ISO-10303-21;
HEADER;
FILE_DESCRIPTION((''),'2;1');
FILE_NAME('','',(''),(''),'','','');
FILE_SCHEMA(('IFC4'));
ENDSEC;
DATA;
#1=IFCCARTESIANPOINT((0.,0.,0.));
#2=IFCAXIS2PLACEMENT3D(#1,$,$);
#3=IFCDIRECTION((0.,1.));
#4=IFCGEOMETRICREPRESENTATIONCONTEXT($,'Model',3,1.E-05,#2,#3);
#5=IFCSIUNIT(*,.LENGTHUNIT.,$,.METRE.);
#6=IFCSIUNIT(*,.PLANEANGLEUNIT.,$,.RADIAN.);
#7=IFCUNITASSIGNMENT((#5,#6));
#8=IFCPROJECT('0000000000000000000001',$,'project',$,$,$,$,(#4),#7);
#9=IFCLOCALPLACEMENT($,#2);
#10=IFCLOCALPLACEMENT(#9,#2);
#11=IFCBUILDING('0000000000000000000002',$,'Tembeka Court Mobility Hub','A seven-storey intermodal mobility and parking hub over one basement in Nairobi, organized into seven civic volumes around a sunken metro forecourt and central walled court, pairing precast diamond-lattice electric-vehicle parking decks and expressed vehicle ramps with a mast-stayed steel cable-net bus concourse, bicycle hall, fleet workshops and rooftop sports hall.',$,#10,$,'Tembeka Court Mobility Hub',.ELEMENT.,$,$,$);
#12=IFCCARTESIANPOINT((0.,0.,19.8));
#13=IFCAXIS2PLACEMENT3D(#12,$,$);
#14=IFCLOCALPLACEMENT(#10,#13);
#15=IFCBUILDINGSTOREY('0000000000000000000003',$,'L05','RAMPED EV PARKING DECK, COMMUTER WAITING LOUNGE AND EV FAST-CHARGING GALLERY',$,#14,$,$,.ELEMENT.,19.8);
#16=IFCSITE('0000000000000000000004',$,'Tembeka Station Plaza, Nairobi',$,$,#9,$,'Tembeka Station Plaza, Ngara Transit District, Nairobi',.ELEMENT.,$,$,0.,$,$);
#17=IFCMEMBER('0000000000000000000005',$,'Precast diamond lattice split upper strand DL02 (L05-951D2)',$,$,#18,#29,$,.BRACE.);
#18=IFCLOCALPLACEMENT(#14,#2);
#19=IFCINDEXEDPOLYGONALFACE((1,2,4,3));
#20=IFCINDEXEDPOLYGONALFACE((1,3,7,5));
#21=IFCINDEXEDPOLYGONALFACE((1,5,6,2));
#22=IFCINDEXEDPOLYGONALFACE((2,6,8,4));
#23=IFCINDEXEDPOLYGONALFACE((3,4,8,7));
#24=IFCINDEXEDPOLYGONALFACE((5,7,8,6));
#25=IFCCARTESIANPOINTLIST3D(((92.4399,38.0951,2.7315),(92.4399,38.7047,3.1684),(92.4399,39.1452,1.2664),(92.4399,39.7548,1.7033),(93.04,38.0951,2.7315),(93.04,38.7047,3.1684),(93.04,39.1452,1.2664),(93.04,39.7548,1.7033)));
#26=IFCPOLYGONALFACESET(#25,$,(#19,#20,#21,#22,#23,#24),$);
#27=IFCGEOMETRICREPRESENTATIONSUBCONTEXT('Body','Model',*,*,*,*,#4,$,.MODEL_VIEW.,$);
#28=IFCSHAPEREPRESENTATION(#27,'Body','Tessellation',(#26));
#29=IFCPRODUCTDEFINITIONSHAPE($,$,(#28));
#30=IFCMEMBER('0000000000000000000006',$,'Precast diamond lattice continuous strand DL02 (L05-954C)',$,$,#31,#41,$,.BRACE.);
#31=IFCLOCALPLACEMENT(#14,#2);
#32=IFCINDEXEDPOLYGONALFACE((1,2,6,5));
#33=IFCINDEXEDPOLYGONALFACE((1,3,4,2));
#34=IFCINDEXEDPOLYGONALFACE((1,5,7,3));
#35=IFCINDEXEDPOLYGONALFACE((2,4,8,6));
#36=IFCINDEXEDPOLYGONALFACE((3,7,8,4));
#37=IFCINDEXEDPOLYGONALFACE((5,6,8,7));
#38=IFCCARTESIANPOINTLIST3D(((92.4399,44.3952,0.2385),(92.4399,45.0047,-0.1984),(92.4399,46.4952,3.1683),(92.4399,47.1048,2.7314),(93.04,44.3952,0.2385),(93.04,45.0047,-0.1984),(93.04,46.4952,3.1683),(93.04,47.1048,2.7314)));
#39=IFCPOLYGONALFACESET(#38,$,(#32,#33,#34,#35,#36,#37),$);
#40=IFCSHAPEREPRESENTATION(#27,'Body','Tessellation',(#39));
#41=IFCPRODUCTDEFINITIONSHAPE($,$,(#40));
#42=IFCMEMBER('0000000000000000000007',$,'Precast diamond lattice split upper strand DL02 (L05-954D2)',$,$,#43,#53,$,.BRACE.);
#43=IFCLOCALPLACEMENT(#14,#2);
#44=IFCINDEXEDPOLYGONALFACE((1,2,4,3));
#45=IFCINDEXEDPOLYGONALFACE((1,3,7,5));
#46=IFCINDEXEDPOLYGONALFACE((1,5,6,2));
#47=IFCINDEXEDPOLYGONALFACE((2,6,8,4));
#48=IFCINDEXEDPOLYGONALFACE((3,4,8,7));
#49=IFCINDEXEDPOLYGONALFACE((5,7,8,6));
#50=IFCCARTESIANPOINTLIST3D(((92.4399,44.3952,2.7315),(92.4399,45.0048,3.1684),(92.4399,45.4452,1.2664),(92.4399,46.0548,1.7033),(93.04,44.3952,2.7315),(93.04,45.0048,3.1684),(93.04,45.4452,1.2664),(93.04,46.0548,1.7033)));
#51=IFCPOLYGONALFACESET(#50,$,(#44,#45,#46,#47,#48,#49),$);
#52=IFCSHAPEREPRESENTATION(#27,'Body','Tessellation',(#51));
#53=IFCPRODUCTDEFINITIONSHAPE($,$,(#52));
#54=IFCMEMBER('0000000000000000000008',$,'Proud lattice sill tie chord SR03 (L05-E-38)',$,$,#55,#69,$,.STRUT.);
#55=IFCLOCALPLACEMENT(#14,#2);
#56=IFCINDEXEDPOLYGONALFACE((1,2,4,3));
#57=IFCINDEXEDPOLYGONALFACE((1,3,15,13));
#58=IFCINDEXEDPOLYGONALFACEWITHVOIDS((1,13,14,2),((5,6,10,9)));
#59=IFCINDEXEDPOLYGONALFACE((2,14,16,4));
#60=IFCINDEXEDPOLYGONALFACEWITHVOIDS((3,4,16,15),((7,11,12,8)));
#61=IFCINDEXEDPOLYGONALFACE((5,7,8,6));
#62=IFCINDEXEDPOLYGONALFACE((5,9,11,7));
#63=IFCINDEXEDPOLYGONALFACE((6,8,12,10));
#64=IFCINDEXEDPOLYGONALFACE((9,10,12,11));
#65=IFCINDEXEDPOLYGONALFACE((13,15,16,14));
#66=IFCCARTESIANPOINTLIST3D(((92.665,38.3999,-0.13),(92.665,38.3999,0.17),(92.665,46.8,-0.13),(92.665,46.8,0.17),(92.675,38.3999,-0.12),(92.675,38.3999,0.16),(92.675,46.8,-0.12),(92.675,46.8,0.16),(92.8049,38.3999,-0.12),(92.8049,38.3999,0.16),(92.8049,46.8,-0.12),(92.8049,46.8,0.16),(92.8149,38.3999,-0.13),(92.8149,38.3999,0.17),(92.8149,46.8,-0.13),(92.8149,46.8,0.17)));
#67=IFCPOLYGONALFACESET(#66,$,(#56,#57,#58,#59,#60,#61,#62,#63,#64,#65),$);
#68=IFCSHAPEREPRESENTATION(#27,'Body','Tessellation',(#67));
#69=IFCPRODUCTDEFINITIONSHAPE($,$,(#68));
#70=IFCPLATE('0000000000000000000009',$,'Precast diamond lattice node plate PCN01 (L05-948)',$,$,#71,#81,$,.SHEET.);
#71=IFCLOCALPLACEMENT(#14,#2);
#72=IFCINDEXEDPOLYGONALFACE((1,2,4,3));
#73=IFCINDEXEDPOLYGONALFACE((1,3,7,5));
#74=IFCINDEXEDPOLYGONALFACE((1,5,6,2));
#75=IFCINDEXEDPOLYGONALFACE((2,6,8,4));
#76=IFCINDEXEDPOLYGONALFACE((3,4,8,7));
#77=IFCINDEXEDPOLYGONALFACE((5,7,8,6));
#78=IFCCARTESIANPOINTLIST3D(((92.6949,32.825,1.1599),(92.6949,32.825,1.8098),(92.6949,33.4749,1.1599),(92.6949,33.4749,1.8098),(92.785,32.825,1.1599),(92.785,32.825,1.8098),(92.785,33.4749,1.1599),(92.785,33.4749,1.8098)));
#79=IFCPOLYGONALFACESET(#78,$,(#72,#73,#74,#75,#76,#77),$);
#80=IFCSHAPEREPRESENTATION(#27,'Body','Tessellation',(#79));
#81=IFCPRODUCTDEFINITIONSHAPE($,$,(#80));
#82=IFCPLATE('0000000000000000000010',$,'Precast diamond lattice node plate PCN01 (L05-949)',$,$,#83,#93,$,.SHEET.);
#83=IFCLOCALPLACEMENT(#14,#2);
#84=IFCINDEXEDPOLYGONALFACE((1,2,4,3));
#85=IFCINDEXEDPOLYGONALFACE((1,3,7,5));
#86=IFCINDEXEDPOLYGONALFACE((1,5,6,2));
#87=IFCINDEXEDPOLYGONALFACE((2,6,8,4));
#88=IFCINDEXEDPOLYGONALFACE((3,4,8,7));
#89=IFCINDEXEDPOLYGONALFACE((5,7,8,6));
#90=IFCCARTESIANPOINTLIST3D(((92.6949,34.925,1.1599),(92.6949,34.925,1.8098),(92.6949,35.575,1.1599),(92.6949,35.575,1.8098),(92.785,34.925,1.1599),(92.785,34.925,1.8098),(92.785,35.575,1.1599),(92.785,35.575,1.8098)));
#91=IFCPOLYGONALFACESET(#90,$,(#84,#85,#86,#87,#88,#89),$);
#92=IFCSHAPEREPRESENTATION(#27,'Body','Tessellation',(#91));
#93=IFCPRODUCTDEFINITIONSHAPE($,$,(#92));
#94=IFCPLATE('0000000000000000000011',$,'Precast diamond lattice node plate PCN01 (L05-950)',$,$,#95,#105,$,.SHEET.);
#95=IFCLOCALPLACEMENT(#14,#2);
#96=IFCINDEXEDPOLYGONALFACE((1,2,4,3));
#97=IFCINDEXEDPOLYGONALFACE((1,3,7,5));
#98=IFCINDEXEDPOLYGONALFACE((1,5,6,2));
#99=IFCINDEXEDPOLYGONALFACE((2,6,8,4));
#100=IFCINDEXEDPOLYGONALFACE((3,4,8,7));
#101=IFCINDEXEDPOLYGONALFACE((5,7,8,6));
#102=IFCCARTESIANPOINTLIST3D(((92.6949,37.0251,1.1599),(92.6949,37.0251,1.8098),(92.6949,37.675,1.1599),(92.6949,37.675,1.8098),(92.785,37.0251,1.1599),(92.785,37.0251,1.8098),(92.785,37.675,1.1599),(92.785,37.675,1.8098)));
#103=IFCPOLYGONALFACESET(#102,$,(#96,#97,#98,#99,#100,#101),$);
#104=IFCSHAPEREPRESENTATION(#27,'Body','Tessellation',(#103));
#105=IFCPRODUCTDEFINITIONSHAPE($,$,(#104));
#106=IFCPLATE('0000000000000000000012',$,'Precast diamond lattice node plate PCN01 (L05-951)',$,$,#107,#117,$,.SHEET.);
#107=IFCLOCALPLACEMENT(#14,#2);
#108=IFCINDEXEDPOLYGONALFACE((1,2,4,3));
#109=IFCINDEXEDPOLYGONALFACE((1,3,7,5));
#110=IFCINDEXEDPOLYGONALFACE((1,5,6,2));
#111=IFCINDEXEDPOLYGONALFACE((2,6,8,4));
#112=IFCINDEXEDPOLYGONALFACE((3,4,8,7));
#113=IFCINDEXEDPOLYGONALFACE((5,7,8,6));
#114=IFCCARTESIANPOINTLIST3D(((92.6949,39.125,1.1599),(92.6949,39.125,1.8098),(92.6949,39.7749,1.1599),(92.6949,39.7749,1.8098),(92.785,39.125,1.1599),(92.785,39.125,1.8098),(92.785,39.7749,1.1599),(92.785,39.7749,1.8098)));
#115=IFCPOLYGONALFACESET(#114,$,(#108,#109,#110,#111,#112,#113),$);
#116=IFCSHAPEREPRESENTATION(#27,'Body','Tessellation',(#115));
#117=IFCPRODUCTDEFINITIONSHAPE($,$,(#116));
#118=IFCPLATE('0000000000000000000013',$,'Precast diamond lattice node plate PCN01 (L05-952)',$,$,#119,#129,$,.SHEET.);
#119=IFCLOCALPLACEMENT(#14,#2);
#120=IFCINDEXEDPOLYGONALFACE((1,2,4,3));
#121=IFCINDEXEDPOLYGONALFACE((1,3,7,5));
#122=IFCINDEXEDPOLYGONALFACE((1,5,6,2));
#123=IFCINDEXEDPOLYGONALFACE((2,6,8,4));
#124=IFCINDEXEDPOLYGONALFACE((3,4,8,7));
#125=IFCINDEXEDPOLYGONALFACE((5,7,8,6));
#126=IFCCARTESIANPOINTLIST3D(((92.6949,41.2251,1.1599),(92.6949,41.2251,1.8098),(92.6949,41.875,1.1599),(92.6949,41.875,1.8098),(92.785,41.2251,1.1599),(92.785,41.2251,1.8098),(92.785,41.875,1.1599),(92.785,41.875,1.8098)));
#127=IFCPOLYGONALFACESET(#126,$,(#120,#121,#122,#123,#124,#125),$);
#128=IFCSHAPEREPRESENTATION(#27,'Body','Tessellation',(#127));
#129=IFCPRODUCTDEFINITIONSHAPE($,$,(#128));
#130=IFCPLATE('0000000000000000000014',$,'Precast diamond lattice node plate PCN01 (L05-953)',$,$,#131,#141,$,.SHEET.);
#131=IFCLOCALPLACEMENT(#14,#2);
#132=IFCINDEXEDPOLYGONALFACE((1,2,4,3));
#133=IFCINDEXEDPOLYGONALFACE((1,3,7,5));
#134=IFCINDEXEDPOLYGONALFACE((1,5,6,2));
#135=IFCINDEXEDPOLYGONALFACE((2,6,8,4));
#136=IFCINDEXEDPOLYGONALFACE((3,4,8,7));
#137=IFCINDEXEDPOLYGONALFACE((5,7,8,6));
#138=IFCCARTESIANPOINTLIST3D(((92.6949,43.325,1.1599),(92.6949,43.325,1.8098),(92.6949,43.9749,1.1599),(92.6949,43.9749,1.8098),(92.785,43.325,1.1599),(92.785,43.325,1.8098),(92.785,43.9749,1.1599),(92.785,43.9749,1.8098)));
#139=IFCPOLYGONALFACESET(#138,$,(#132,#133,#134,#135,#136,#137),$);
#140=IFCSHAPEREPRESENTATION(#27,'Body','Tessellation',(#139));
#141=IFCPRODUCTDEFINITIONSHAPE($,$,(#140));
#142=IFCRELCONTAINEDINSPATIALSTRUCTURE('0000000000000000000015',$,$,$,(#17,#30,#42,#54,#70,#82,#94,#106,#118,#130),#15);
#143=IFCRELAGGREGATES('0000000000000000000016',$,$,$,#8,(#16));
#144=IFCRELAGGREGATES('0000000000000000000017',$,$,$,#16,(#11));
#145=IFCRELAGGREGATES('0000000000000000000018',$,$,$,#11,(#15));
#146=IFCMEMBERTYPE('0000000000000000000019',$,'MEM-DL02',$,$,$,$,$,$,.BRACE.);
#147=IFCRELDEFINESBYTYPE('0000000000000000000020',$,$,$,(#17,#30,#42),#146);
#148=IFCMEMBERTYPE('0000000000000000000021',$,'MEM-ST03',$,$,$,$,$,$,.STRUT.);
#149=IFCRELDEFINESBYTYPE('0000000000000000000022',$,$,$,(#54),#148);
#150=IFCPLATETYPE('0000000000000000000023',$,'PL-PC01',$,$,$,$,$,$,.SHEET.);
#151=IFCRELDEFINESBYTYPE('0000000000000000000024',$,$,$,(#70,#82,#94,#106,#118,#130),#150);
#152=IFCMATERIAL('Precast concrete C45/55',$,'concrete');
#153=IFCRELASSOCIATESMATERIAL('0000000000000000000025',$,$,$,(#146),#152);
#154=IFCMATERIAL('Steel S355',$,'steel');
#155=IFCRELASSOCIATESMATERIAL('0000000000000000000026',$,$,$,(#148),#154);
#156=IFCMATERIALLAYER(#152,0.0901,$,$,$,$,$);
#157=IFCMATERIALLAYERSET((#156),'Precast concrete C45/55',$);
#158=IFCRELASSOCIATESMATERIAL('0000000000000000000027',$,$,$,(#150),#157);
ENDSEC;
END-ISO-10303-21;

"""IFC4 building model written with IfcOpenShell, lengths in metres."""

from ifc_helpers import new_model, si_unit, direction, frame, origin, origin_2d, place, context, subcontext, project, spatial, rectangle, hollow_rectangle, extrude, material, layer, layer_set, material_profile, profile_set, type_object, element, save


model = new_model("IFC4")

# Units and contexts
model_context = context("Model", 3, precision=1e-05, world=origin(), true_north=direction((0.0, 1.0)))
body_context = subcontext(model_context, "Body", "Model", "MODEL_VIEW")
ifc_project = project(units=[si_unit("LENGTHUNIT", "METRE"), si_unit("PLANEANGLEUNIT", "RADIAN")], contexts=[model_context])

# Site, building, storey
site_placement = place(None, origin())
site = spatial("IfcSite", under=ifc_project, at=site_placement, Name="Tembeka Station Plaza, Nairobi", LongName="Tembeka Station Plaza, Ngara Transit District, Nairobi", CompositionType="ELEMENT", RefElevation=0.0)
building_placement = place(site_placement, origin())
building = spatial("IfcBuilding", under=site, at=building_placement, Name="Tembeka Court Mobility Hub", Description="A seven-storey intermodal mobility and parking hub over one basement in Nairobi, organized into seven civic volumes around a sunken metro forecourt and central walled court, pairing precast diamond-lattice electric-vehicle parking decks and expressed vehicle ramps with a mast-stayed steel cable-net bus concourse, bicycle hall, fleet workshops and rooftop sports hall.", LongName="Tembeka Court Mobility Hub", CompositionType="ELEMENT")
storey_placement = place(building_placement, frame((0.0, 0.0, 19.8)))
storey = spatial("IfcBuildingStorey", under=building, at=storey_placement, Name="L05", Description="RAMPED EV PARKING DECK, COMMUTER WAITING LOUNGE AND EV FAST-CHARGING GALLERY", CompositionType="ELEMENT", Elevation=19.8)

# Members
ifc_material_1 = material(Name="Precast concrete C45/55", Category="concrete")
ifc_material_profile_1 = material_profile(ifc_material_1, rectangle(XDim=0.6001, YDim=0.75, at=origin_2d()), Name="PC-DIAG 600x750")
ifc_profile_set_1 = profile_set([ifc_material_profile_1], Name="Precast concrete C45/55")
member_type_1 = type_object("IfcMemberType", Name="MEM-DL02", PredefinedType="BRACE", material=ifc_profile_set_1)
member_1_placement = place(storey_placement, frame((92.74, 39.45, 1.4849), z_axis=(0.0, -0.582544, 0.812799), x_axis=(1.0, 0.0, 0.0)))
element("IfcMember", 1, at=member_1_placement, inside=storey, type_object=member_type_1, Name="Precast diamond lattice split upper strand DL02 (L05-951D2)", PredefinedType="BRACE", context=body_context, shape_type="SweptSolid", body=[
    extrude(rectangle(XDim=0.6001, YDim=0.75, at=origin_2d()), origin(), (0.0, 0.0, 1.0), 1.8025),
])
member_2_placement = place(storey_placement, frame((92.74, 44.7, 0.02), z_axis=(0.0, 0.582576, 0.812776), x_axis=(-1.0, 0.0, 0.0)))
element("IfcMember", 2, at=member_2_placement, inside=storey, type_object=member_type_1, Name="Precast diamond lattice continuous strand DL02 (L05-954C)", PredefinedType="BRACE", context=body_context, shape_type="SweptSolid", body=[
    extrude(rectangle(XDim=0.6001, YDim=0.75, at=origin_2d()), origin(), (0.0, 0.0, 1.0), 3.6047),
])
member_3_placement = place(storey_placement, frame((92.74, 45.75, 1.4849), z_axis=(0.0, -0.582544, 0.812799), x_axis=(1.0, 0.0, 0.0)))
element("IfcMember", 3, at=member_3_placement, inside=storey, type_object=member_type_1, Name="Precast diamond lattice split upper strand DL02 (L05-954D2)", PredefinedType="BRACE", context=body_context, shape_type="SweptSolid", body=[
    extrude(rectangle(XDim=0.6001, YDim=0.75, at=origin_2d()), origin(), (0.0, 0.0, 1.0), 1.8025),
])
ifc_material_2 = material(Name="Steel S355", Category="steel")
ifc_material_profile_2 = material_profile(ifc_material_2, hollow_rectangle(XDim=0.1499, YDim=0.3, WallThickness=0.01, at=origin_2d()), Name="RHS 300x150x10")
ifc_profile_set_2 = profile_set([ifc_material_profile_2], Name="Steel S355")
member_type_2 = type_object("IfcMemberType", Name="MEM-ST03", PredefinedType="STRUT", material=ifc_profile_set_2)
member_4_placement = place(storey_placement, frame((92.74, 38.3999, 0.02), z_axis=(0.0, 1.0, 0.0), x_axis=(-1.0, 0.0, 0.0)))
element("IfcMember", 4, at=member_4_placement, inside=storey, type_object=member_type_2, Name="Proud lattice sill tie chord SR03 (L05-E-38)", PredefinedType="STRUT", context=body_context, shape_type="SweptSolid", body=[
    extrude(hollow_rectangle(XDim=0.1499, YDim=0.3, WallThickness=0.01, at=origin_2d()), origin(), (0.0, 0.0, 1.0), 8.4001),
])

# Plates
ifc_layer = layer(ifc_material_1, 0.0901)
ifc_layer_set = layer_set([ifc_layer], Name="Precast concrete C45/55")
plate_type = type_object("IfcPlateType", Name="PL-PC01", PredefinedType="SHEET", material=ifc_layer_set)
for number, where, z_axis, x_axis, name in (
    (5, (92.74, 33.1499, 1.1599), (0.0, 0.0, 1.0), (1.0, 0.0, 0.0), "Precast diamond lattice node plate PCN01 (L05-948)"),
    (6, (92.74, 35.25, 1.1599), (0.0, 0.0, 1.0), (1.0, 0.0, 0.0), "Precast diamond lattice node plate PCN01 (L05-949)"),
    (7, (92.74, 37.3501, 1.1599), (0.0, 0.0, 1.0), (1.0, 0.0, 0.0), "Precast diamond lattice node plate PCN01 (L05-950)"),
    (8, (92.74, 39.45, 1.1599), (0.0, 0.0, 1.0), (1.0, 0.0, 0.0), "Precast diamond lattice node plate PCN01 (L05-951)"),
    (9, (92.74, 41.55, 1.1599), (0.0, 0.0, 1.0), (1.0, 0.0, 0.0), "Precast diamond lattice node plate PCN01 (L05-952)"),
    (10, (92.74, 43.6499, 1.1599), (0.0, 0.0, 1.0), (1.0, 0.0, 0.0), "Precast diamond lattice node plate PCN01 (L05-953)"),
):
    element("IfcPlate", number, at=place(storey_placement, frame(where, z_axis=z_axis, x_axis=x_axis)), inside=storey, type_object=plate_type, Name=name, PredefinedType="SHEET", context=body_context, shape_type="SweptSolid", body=[
        extrude(rectangle(XDim=0.0901, YDim=0.6499, at=origin_2d()), origin(), (0.0, 0.0, 1.0), 0.6499),
    ])

save(model, "model.ifc")
